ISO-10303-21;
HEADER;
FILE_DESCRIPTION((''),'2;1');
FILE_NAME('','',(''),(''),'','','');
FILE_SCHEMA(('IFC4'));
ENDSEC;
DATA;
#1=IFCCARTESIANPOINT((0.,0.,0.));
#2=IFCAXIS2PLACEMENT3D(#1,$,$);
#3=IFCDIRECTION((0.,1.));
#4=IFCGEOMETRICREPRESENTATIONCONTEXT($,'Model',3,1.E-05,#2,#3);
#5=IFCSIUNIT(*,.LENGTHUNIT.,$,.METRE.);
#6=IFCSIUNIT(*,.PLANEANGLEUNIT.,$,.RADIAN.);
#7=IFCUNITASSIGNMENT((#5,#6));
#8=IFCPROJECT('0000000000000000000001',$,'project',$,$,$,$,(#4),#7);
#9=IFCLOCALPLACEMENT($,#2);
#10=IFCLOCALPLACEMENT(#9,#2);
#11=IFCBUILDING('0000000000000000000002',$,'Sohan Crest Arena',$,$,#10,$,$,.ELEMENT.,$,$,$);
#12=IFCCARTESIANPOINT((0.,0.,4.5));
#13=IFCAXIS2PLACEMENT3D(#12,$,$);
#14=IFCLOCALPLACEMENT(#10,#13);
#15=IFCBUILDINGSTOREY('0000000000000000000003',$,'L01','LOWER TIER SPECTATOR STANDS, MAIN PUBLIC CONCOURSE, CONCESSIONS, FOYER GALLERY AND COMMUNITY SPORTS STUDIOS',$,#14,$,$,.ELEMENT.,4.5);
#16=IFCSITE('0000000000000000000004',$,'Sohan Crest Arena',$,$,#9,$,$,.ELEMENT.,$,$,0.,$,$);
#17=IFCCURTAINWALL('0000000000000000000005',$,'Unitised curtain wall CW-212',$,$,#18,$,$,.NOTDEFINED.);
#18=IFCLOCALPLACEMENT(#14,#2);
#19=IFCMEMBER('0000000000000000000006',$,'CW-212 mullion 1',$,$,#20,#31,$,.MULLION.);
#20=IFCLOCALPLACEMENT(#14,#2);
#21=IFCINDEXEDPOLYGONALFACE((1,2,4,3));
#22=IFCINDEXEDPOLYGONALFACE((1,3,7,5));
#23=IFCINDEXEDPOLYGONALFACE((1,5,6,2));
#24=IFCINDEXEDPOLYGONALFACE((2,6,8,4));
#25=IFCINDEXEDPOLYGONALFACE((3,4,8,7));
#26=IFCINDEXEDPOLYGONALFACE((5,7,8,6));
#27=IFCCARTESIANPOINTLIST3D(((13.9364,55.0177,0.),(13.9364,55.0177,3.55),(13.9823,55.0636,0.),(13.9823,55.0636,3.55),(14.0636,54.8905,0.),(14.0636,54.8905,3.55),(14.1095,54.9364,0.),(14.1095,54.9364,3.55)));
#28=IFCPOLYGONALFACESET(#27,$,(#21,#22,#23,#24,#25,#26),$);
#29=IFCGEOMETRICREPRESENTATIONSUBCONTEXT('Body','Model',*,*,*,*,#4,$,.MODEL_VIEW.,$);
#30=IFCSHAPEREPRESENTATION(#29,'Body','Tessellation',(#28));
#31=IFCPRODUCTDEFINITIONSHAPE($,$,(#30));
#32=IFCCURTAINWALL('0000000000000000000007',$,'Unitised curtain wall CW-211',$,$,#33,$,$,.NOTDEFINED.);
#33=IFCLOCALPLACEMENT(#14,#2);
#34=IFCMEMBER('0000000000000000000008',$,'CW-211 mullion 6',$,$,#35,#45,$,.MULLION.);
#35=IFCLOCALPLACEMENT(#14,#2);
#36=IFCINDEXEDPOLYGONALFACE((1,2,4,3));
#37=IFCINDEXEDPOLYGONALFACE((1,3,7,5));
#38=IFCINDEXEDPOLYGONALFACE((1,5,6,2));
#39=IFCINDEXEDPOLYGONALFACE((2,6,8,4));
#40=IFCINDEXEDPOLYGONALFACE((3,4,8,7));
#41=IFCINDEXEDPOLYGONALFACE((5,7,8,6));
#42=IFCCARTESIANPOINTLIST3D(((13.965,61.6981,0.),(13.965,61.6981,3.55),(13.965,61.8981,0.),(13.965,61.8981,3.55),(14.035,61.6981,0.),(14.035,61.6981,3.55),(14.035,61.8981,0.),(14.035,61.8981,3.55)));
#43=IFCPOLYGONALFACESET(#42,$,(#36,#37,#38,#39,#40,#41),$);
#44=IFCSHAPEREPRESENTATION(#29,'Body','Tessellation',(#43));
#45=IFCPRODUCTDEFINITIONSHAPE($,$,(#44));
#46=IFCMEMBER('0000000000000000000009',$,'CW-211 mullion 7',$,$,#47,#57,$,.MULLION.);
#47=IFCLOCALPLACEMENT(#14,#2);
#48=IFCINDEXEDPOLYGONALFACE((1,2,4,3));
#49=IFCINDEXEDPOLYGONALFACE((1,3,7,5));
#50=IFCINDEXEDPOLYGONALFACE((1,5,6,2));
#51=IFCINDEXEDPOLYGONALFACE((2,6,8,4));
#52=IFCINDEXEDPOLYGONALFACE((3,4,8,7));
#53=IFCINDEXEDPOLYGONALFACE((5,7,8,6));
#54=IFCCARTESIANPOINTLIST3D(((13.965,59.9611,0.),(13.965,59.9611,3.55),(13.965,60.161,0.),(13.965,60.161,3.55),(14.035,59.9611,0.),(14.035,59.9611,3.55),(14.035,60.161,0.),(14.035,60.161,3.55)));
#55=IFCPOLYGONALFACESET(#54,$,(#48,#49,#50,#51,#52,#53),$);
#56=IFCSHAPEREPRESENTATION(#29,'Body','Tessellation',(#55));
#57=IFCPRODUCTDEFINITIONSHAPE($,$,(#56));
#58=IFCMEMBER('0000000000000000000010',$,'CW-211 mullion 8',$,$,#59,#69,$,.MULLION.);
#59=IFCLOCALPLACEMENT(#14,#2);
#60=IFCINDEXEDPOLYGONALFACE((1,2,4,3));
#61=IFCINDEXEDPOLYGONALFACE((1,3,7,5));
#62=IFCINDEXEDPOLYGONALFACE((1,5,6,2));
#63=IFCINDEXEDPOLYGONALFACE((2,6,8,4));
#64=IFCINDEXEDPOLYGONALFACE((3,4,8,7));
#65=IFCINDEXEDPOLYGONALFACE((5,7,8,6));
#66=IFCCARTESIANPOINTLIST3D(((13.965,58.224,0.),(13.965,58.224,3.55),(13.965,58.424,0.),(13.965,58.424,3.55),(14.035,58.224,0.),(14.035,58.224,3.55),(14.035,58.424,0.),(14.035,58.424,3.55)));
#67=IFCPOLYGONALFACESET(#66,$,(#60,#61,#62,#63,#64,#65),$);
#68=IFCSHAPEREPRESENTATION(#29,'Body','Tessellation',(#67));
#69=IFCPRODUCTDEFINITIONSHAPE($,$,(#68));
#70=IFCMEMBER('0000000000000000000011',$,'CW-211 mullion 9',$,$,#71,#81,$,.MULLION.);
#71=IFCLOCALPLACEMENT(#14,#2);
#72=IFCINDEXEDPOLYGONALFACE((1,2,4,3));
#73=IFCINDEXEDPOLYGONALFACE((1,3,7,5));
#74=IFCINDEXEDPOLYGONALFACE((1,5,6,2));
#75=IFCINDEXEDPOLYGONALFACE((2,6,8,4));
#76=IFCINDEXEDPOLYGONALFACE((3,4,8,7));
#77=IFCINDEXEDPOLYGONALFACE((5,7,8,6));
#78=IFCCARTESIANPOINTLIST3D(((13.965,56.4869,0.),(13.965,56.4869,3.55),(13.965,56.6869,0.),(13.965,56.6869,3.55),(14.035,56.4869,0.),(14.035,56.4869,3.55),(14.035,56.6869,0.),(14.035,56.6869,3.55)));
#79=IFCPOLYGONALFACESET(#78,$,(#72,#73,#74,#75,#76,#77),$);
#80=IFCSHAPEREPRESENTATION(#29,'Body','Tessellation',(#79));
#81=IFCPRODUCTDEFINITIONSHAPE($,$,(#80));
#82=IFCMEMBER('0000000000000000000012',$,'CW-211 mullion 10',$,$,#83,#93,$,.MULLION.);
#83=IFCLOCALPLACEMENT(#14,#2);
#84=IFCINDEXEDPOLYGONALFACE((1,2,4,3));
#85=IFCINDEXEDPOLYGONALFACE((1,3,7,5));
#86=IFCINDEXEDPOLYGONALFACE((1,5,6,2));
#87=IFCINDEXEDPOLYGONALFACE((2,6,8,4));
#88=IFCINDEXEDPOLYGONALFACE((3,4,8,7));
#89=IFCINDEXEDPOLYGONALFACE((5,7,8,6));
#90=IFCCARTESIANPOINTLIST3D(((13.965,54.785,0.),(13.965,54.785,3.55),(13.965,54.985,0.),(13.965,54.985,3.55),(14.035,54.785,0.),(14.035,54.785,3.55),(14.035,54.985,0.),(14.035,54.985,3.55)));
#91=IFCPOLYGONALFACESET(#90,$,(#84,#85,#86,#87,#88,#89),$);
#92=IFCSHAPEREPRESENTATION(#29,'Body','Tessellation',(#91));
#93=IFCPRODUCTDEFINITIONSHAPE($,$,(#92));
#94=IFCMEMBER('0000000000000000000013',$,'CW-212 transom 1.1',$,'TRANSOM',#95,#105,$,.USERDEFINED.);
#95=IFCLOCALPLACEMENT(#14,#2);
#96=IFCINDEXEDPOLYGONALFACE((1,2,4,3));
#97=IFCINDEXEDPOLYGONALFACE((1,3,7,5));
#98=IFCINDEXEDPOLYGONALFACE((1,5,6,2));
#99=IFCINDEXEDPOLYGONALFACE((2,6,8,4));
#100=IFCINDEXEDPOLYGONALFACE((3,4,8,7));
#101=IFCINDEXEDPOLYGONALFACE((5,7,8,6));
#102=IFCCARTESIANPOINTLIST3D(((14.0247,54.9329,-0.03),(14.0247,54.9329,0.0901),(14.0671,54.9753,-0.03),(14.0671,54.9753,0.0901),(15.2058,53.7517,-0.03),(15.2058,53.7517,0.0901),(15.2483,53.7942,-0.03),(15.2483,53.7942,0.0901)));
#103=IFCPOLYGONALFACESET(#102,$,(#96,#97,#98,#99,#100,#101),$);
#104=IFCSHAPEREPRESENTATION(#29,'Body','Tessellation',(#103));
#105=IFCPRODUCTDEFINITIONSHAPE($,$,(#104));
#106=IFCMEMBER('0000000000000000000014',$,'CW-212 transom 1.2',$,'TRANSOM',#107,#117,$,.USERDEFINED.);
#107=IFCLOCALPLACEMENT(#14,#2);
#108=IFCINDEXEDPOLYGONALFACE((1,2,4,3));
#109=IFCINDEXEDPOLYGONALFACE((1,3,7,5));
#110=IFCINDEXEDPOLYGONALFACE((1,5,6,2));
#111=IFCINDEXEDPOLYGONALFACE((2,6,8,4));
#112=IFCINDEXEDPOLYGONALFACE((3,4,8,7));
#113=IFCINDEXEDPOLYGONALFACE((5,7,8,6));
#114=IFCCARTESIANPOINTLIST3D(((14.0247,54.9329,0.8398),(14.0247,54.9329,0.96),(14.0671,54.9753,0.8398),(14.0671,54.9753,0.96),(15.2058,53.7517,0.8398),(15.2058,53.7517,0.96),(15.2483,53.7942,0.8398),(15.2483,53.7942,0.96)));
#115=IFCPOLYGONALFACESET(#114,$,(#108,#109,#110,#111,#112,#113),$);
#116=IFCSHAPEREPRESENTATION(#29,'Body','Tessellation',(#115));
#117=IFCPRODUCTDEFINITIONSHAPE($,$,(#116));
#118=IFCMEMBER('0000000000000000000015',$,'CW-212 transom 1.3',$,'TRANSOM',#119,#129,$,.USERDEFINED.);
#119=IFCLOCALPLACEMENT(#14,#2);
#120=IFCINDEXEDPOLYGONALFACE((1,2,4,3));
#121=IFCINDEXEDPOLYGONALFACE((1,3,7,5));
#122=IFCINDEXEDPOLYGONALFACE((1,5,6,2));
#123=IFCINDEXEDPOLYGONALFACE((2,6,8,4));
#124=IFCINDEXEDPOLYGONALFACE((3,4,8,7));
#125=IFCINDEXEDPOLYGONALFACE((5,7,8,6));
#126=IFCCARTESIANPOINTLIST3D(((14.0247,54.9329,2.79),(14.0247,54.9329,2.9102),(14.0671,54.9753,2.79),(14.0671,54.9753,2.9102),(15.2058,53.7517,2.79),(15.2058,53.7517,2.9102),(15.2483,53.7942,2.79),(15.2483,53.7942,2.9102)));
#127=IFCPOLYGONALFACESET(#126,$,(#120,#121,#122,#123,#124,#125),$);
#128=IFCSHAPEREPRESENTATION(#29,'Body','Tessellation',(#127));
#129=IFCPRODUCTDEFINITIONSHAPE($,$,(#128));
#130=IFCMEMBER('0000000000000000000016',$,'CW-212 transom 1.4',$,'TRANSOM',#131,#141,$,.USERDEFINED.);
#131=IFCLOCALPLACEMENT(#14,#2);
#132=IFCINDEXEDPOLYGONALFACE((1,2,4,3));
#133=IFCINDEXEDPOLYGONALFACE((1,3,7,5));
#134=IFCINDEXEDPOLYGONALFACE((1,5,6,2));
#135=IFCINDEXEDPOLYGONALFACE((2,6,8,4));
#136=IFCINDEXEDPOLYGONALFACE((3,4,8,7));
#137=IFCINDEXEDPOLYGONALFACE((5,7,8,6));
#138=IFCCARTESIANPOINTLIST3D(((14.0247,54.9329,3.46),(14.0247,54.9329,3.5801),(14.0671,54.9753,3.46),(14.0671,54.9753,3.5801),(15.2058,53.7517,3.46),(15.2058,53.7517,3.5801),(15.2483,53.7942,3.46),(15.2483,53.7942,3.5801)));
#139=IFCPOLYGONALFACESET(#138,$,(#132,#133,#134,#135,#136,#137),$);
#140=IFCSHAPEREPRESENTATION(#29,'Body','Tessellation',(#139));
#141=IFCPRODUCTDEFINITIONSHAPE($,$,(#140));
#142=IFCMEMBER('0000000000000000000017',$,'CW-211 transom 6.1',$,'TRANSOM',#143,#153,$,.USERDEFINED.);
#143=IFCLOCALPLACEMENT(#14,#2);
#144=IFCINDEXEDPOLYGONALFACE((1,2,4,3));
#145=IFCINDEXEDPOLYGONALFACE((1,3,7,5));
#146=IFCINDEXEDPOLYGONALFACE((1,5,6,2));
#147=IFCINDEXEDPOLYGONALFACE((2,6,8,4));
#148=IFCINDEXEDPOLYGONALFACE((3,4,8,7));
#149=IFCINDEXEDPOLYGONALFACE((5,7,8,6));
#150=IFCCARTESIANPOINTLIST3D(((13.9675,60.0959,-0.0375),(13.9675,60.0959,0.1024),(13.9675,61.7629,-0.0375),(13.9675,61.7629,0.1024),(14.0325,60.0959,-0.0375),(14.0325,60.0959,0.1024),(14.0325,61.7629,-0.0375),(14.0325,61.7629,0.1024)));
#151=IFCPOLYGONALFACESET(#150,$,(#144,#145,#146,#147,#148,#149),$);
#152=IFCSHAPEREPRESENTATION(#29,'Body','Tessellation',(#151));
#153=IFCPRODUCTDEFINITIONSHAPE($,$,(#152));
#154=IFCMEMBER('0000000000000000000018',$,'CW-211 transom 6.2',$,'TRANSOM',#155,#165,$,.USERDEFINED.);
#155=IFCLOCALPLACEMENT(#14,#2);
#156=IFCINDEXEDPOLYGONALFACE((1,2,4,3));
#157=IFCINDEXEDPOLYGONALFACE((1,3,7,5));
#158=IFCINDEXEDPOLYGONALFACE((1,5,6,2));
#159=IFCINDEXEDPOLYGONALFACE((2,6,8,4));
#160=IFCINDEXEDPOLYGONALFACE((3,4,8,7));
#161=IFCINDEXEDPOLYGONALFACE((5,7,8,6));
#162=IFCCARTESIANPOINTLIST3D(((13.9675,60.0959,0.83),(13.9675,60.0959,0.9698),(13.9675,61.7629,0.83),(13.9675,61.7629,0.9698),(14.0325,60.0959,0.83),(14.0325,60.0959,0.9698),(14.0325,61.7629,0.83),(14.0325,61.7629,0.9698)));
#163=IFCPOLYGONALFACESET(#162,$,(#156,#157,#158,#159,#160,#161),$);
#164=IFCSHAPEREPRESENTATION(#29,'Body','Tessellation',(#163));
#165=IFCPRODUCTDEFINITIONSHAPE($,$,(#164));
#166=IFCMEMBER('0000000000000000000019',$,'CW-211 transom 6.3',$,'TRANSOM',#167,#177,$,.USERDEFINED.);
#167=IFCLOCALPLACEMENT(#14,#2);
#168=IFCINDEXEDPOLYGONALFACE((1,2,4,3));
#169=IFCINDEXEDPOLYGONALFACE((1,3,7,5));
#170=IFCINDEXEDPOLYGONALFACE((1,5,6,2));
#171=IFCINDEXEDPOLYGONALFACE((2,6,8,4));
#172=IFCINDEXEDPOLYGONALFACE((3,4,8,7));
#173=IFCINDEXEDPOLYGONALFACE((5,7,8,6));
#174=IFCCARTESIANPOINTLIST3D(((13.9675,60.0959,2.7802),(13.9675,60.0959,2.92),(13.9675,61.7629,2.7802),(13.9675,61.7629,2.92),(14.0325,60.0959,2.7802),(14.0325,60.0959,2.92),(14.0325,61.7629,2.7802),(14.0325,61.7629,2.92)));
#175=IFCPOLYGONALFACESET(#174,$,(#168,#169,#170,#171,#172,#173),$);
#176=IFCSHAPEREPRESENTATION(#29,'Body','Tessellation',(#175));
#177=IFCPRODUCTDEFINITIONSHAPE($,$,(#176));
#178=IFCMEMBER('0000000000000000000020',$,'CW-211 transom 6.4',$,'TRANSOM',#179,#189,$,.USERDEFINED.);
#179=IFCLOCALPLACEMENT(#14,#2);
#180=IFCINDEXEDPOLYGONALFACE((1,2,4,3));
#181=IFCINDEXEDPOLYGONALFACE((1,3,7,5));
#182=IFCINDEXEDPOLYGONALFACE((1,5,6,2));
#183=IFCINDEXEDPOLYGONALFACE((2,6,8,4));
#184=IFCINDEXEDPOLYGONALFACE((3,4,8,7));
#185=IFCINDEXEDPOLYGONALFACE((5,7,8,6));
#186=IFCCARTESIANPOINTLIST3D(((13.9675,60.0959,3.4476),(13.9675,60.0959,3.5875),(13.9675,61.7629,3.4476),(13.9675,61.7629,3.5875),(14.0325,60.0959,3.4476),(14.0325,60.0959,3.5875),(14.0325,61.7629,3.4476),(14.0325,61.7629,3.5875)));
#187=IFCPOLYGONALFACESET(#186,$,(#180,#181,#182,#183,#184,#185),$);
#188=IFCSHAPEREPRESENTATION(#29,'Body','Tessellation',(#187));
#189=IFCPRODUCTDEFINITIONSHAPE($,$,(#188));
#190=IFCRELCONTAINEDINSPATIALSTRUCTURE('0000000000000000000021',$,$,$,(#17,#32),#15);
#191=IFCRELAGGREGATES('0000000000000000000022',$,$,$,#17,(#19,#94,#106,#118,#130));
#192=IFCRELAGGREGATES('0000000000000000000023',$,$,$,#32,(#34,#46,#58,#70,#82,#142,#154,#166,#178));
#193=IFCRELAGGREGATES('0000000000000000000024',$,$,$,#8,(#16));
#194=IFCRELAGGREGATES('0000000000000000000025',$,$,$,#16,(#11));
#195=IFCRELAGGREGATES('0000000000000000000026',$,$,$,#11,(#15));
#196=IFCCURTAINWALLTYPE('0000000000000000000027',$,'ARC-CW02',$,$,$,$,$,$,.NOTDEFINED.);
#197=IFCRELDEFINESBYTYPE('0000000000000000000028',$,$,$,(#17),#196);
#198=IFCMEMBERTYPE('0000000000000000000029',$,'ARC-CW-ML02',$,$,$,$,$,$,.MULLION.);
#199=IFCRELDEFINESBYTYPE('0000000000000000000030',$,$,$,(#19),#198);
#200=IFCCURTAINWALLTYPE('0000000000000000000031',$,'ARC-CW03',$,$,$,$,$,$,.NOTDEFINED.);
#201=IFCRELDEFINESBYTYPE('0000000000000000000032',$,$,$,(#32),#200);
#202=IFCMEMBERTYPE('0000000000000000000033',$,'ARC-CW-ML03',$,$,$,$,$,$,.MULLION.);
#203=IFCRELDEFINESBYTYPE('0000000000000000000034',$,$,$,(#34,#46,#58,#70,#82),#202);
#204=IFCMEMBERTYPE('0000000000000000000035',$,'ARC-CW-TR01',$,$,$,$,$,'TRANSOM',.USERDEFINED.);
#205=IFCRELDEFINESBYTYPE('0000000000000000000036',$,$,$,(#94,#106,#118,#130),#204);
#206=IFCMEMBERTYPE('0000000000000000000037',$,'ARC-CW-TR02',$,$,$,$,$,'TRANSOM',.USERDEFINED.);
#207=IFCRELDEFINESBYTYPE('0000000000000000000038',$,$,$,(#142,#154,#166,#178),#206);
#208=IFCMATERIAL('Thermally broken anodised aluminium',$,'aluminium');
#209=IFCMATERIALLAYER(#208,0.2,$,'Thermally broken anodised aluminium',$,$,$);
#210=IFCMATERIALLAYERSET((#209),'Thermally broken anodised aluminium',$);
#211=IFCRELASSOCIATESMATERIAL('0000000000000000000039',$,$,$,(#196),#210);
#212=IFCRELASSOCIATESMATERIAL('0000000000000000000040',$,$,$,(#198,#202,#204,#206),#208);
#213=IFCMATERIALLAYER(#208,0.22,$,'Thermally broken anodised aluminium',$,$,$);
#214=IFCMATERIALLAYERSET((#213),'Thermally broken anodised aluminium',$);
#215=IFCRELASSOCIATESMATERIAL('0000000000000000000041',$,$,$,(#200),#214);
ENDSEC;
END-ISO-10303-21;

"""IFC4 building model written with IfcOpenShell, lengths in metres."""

from ifc_helpers import new_model, si_unit, direction, frame, origin, origin_2d, place, context, subcontext, project, spatial, rectangle, extrude, material, layer, layer_set, material_profile, profile_set, type_object, element, aggregate, save


model = new_model("IFC4")

# Units and contexts
model_context = context("Model", 3, precision=1e-05, world=origin(), true_north=direction((0.0, 1.0)))
body_context = subcontext(model_context, "Body", "Model", "MODEL_VIEW")
ifc_project = project(units=[si_unit("LENGTHUNIT", "METRE"), si_unit("PLANEANGLEUNIT", "RADIAN")], contexts=[model_context])

# Site, building, storey
site_placement = place(None, origin())
site = spatial("IfcSite", under=ifc_project, at=site_placement, Name="Sohan Crest Arena", CompositionType="ELEMENT", RefElevation=0.0)
building_placement = place(site_placement, origin())
building = spatial("IfcBuilding", under=site, at=building_placement, Name="Sohan Crest Arena", CompositionType="ELEMENT")
storey_placement = place(building_placement, frame((0.0, 0.0, 4.5)))
storey = spatial("IfcBuildingStorey", under=building, at=storey_placement, Name="L01", Description="LOWER TIER SPECTATOR STANDS, MAIN PUBLIC CONCOURSE, CONCESSIONS, FOYER GALLERY AND COMMUNITY SPORTS STUDIOS", CompositionType="ELEMENT", Elevation=4.5)

# Curtain wall, member
ifc_material_1 = material(Name="Thermally broken anodised aluminium", Category="aluminium")
ifc_layer_1 = layer(ifc_material_1, 0.2, Name="Thermally broken anodised aluminium")
ifc_layer_set_1 = layer_set([ifc_layer_1], Name="Thermally broken anodised aluminium")
curtain_wall_type_1 = type_object("IfcCurtainWallType", Name="ARC-CW02", PredefinedType="NOTDEFINED", material=ifc_layer_set_1)
curtain_wall_1_placement = place(storey_placement, origin())
curtain_wall_1 = element("IfcCurtainWall", 1, at=curtain_wall_1_placement, inside=storey, type_object=curtain_wall_type_1, Name="Unitised curtain wall CW-212", PredefinedType="NOTDEFINED")
ifc_material_profile_1 = material_profile(ifc_material_1, rectangle(XDim=0.0649, YDim=0.1799, at=origin_2d()), Name="ALU-MULL 65x180")
ifc_profile_set_1 = profile_set([ifc_material_profile_1], Name="Thermally broken anodised aluminium")
member_type_1 = type_object("IfcMemberType", Name="ARC-CW-ML02", PredefinedType="MULLION", material=ifc_profile_set_1)
member_1_placement = place(storey_placement, frame((14.0229, 54.9771, 0.0), z_axis=(0.0, 0.0, 1.0), x_axis=(0.707107, 0.707107, 0.0)))
member_1 = element("IfcMember", 2, at=member_1_placement, type_object=member_type_1, Name="CW-212 mullion 1", PredefinedType="MULLION", context=body_context, shape_type="SweptSolid", body=[
    extrude(rectangle(XDim=0.0649, YDim=0.1799, at=origin_2d()), origin(), (0.0, 0.0, 1.0), 3.55),
])

# Curtain wall, members
ifc_layer_2 = layer(ifc_material_1, 0.22, Name="Thermally broken anodised aluminium")
ifc_layer_set_2 = layer_set([ifc_layer_2], Name="Thermally broken anodised aluminium")
curtain_wall_type_2 = type_object("IfcCurtainWallType", Name="ARC-CW03", PredefinedType="NOTDEFINED", material=ifc_layer_set_2)
curtain_wall_2_placement = place(storey_placement, origin())
curtain_wall_2 = element("IfcCurtainWall", 3, at=curtain_wall_2_placement, inside=storey, type_object=curtain_wall_type_2, Name="Unitised curtain wall CW-211", PredefinedType="NOTDEFINED")
ifc_material_profile_2 = material_profile(ifc_material_1, rectangle(XDim=0.0701, YDim=0.2, at=origin_2d()), Name="ALU-MULL 70x200")
ifc_profile_set_2 = profile_set([ifc_material_profile_2], Name="Thermally broken anodised aluminium")
member_type_2 = type_object("IfcMemberType", Name="ARC-CW-ML03", PredefinedType="MULLION", material=ifc_profile_set_2)
member_2_placement = place(storey_placement, frame((14.0, 61.7981, 0.0), z_axis=(0.0, 0.0, 1.0), x_axis=(1.0, 0.0, 0.0)))
member_2 = element("IfcMember", 4, at=member_2_placement, type_object=member_type_2, Name="CW-211 mullion 6", PredefinedType="MULLION", context=body_context, shape_type="SweptSolid", body=[
    extrude(rectangle(XDim=0.0701, YDim=0.2, at=origin_2d()), origin(), (0.0, 0.0, 1.0), 3.55),
])
member_3_placement = place(storey_placement, frame((14.0, 60.061, 0.0), z_axis=(0.0, 0.0, 1.0), x_axis=(1.0, 0.0, 0.0)))
member_3 = element("IfcMember", 5, at=member_3_placement, type_object=member_type_2, Name="CW-211 mullion 7", PredefinedType="MULLION", context=body_context, shape_type="SweptSolid", body=[
    extrude(rectangle(XDim=0.0701, YDim=0.2, at=origin_2d()), origin(), (0.0, 0.0, 1.0), 3.55),
])
member_4_placement = place(storey_placement, frame((14.0, 58.324, 0.0), z_axis=(0.0, 0.0, 1.0), x_axis=(1.0, 0.0, 0.0)))
member_4 = element("IfcMember", 6, at=member_4_placement, type_object=member_type_2, Name="CW-211 mullion 8", PredefinedType="MULLION", context=body_context, shape_type="SweptSolid", body=[
    extrude(rectangle(XDim=0.0701, YDim=0.2, at=origin_2d()), origin(), (0.0, 0.0, 1.0), 3.55),
])
member_5_placement = place(storey_placement, frame((14.0, 56.5869, 0.0), z_axis=(0.0, 0.0, 1.0), x_axis=(1.0, 0.0, 0.0)))
member_5 = element("IfcMember", 7, at=member_5_placement, type_object=member_type_2, Name="CW-211 mullion 9", PredefinedType="MULLION", context=body_context, shape_type="SweptSolid", body=[
    extrude(rectangle(XDim=0.0701, YDim=0.2, at=origin_2d()), origin(), (0.0, 0.0, 1.0), 3.55),
])
member_6_placement = place(storey_placement, frame((14.0, 54.885, 0.0), z_axis=(0.0, 0.0, 1.0), x_axis=(1.0, 0.0, 0.0)))
member_6 = element("IfcMember", 8, at=member_6_placement, type_object=member_type_2, Name="CW-211 mullion 10", PredefinedType="MULLION", context=body_context, shape_type="SweptSolid", body=[
    extrude(rectangle(XDim=0.0701, YDim=0.2, at=origin_2d()), origin(), (0.0, 0.0, 1.0), 3.55),
])

# Members
ifc_material_profile_3 = material_profile(ifc_material_1, rectangle(XDim=0.0601, YDim=0.1201, at=origin_2d()), Name="ALU-TRAN 60x120")
ifc_profile_set_3 = profile_set([ifc_material_profile_3], Name="Thermally broken anodised aluminium")
member_type_3 = type_object("IfcMemberType", Name="ARC-CW-TR01", ElementType="TRANSOM", PredefinedType="USERDEFINED", material=ifc_profile_set_3)
member_7_placement = place(storey_placement, frame((14.0459, 54.9541, 0.03), z_axis=(0.707107, -0.707107, 0.0), x_axis=(0.707107, 0.707107, 0.0)))
member_7 = element("IfcMember", 9, at=member_7_placement, type_object=member_type_3, Name="CW-212 transom 1.1", ObjectType="TRANSOM", PredefinedType="USERDEFINED", context=body_context, shape_type="SweptSolid", body=[
    extrude(rectangle(XDim=0.0601, YDim=0.1201, at=origin_2d()), origin(), (0.0, 0.0, 1.0), 1.6704),
])
member_8_placement = place(storey_placement, frame((14.0459, 54.9541, 0.8999), z_axis=(0.707107, -0.707107, 0.0), x_axis=(0.707107, 0.707107, 0.0)))
member_8 = element("IfcMember", 10, at=member_8_placement, type_object=member_type_3, Name="CW-212 transom 1.2", ObjectType="TRANSOM", PredefinedType="USERDEFINED", context=body_context, shape_type="SweptSolid", body=[
    extrude(rectangle(XDim=0.0601, YDim=0.1201, at=origin_2d()), origin(), (0.0, 0.0, 1.0), 1.6704),
])
member_9_placement = place(storey_placement, frame((14.0459, 54.9541, 2.8501), z_axis=(0.707107, -0.707107, 0.0), x_axis=(0.707107, 0.707107, 0.0)))
member_9 = element("IfcMember", 11, at=member_9_placement, type_object=member_type_3, Name="CW-212 transom 1.3", ObjectType="TRANSOM", PredefinedType="USERDEFINED", context=body_context, shape_type="SweptSolid", body=[
    extrude(rectangle(XDim=0.0601, YDim=0.1201, at=origin_2d()), origin(), (0.0, 0.0, 1.0), 1.6704),
])
member_10_placement = place(storey_placement, frame((14.0459, 54.9541, 3.52), z_axis=(0.707107, -0.707107, 0.0), x_axis=(0.707107, 0.707107, 0.0)))
member_10 = element("IfcMember", 12, at=member_10_placement, type_object=member_type_3, Name="CW-212 transom 1.4", ObjectType="TRANSOM", PredefinedType="USERDEFINED", context=body_context, shape_type="SweptSolid", body=[
    extrude(rectangle(XDim=0.0601, YDim=0.1201, at=origin_2d()), origin(), (0.0, 0.0, 1.0), 1.6704),
])
aggregate(curtain_wall_1, [member_1, member_7, member_8, member_9, member_10])
ifc_material_profile_4 = material_profile(ifc_material_1, rectangle(XDim=0.0649, YDim=0.1399, at=origin_2d()), Name="ALU-TRAN 65x140")
ifc_profile_set_4 = profile_set([ifc_material_profile_4], Name="Thermally broken anodised aluminium")
member_type_4 = type_object("IfcMemberType", Name="ARC-CW-TR02", ElementType="TRANSOM", PredefinedType="USERDEFINED", material=ifc_profile_set_4)
member_11_placement = place(storey_placement, frame((14.0, 61.7629, 0.0325), z_axis=(0.0, -1.0, 0.0), x_axis=(1.0, 0.0, 0.0)))
member_11 = element("IfcMember", 13, at=member_11_placement, type_object=member_type_4, Name="CW-211 transom 6.1", ObjectType="TRANSOM", PredefinedType="USERDEFINED", context=body_context, shape_type="SweptSolid", body=[
    extrude(rectangle(XDim=0.0649, YDim=0.1399, at=origin_2d()), origin(), (0.0, 0.0, 1.0), 1.667),
])
member_12_placement = place(storey_placement, frame((14.0, 61.7629, 0.8999), z_axis=(0.0, -1.0, 0.0), x_axis=(1.0, 0.0, 0.0)))
member_12 = element("IfcMember", 14, at=member_12_placement, type_object=member_type_4, Name="CW-211 transom 6.2", ObjectType="TRANSOM", PredefinedType="USERDEFINED", context=body_context, shape_type="SweptSolid", body=[
    extrude(rectangle(XDim=0.0649, YDim=0.1399, at=origin_2d()), origin(), (0.0, 0.0, 1.0), 1.667),
])
member_13_placement = place(storey_placement, frame((14.0, 61.7629, 2.8501), z_axis=(0.0, -1.0, 0.0), x_axis=(1.0, 0.0, 0.0)))
member_13 = element("IfcMember", 15, at=member_13_placement, type_object=member_type_4, Name="CW-211 transom 6.3", ObjectType="TRANSOM", PredefinedType="USERDEFINED", context=body_context, shape_type="SweptSolid", body=[
    extrude(rectangle(XDim=0.0649, YDim=0.1399, at=origin_2d()), origin(), (0.0, 0.0, 1.0), 1.667),
])
member_14_placement = place(storey_placement, frame((14.0, 61.7629, 3.5176), z_axis=(0.0, -1.0, 0.0), x_axis=(1.0, 0.0, 0.0)))
member_14 = element("IfcMember", 16, at=member_14_placement, type_object=member_type_4, Name="CW-211 transom 6.4", ObjectType="TRANSOM", PredefinedType="USERDEFINED", context=body_context, shape_type="SweptSolid", body=[
    extrude(rectangle(XDim=0.0649, YDim=0.1399, at=origin_2d()), origin(), (0.0, 0.0, 1.0), 1.667),
])

aggregate(curtain_wall_2, [member_2, member_3, member_4, member_5, member_6, member_11, member_12, member_13, member_14])

save(model, "model.ifc")
